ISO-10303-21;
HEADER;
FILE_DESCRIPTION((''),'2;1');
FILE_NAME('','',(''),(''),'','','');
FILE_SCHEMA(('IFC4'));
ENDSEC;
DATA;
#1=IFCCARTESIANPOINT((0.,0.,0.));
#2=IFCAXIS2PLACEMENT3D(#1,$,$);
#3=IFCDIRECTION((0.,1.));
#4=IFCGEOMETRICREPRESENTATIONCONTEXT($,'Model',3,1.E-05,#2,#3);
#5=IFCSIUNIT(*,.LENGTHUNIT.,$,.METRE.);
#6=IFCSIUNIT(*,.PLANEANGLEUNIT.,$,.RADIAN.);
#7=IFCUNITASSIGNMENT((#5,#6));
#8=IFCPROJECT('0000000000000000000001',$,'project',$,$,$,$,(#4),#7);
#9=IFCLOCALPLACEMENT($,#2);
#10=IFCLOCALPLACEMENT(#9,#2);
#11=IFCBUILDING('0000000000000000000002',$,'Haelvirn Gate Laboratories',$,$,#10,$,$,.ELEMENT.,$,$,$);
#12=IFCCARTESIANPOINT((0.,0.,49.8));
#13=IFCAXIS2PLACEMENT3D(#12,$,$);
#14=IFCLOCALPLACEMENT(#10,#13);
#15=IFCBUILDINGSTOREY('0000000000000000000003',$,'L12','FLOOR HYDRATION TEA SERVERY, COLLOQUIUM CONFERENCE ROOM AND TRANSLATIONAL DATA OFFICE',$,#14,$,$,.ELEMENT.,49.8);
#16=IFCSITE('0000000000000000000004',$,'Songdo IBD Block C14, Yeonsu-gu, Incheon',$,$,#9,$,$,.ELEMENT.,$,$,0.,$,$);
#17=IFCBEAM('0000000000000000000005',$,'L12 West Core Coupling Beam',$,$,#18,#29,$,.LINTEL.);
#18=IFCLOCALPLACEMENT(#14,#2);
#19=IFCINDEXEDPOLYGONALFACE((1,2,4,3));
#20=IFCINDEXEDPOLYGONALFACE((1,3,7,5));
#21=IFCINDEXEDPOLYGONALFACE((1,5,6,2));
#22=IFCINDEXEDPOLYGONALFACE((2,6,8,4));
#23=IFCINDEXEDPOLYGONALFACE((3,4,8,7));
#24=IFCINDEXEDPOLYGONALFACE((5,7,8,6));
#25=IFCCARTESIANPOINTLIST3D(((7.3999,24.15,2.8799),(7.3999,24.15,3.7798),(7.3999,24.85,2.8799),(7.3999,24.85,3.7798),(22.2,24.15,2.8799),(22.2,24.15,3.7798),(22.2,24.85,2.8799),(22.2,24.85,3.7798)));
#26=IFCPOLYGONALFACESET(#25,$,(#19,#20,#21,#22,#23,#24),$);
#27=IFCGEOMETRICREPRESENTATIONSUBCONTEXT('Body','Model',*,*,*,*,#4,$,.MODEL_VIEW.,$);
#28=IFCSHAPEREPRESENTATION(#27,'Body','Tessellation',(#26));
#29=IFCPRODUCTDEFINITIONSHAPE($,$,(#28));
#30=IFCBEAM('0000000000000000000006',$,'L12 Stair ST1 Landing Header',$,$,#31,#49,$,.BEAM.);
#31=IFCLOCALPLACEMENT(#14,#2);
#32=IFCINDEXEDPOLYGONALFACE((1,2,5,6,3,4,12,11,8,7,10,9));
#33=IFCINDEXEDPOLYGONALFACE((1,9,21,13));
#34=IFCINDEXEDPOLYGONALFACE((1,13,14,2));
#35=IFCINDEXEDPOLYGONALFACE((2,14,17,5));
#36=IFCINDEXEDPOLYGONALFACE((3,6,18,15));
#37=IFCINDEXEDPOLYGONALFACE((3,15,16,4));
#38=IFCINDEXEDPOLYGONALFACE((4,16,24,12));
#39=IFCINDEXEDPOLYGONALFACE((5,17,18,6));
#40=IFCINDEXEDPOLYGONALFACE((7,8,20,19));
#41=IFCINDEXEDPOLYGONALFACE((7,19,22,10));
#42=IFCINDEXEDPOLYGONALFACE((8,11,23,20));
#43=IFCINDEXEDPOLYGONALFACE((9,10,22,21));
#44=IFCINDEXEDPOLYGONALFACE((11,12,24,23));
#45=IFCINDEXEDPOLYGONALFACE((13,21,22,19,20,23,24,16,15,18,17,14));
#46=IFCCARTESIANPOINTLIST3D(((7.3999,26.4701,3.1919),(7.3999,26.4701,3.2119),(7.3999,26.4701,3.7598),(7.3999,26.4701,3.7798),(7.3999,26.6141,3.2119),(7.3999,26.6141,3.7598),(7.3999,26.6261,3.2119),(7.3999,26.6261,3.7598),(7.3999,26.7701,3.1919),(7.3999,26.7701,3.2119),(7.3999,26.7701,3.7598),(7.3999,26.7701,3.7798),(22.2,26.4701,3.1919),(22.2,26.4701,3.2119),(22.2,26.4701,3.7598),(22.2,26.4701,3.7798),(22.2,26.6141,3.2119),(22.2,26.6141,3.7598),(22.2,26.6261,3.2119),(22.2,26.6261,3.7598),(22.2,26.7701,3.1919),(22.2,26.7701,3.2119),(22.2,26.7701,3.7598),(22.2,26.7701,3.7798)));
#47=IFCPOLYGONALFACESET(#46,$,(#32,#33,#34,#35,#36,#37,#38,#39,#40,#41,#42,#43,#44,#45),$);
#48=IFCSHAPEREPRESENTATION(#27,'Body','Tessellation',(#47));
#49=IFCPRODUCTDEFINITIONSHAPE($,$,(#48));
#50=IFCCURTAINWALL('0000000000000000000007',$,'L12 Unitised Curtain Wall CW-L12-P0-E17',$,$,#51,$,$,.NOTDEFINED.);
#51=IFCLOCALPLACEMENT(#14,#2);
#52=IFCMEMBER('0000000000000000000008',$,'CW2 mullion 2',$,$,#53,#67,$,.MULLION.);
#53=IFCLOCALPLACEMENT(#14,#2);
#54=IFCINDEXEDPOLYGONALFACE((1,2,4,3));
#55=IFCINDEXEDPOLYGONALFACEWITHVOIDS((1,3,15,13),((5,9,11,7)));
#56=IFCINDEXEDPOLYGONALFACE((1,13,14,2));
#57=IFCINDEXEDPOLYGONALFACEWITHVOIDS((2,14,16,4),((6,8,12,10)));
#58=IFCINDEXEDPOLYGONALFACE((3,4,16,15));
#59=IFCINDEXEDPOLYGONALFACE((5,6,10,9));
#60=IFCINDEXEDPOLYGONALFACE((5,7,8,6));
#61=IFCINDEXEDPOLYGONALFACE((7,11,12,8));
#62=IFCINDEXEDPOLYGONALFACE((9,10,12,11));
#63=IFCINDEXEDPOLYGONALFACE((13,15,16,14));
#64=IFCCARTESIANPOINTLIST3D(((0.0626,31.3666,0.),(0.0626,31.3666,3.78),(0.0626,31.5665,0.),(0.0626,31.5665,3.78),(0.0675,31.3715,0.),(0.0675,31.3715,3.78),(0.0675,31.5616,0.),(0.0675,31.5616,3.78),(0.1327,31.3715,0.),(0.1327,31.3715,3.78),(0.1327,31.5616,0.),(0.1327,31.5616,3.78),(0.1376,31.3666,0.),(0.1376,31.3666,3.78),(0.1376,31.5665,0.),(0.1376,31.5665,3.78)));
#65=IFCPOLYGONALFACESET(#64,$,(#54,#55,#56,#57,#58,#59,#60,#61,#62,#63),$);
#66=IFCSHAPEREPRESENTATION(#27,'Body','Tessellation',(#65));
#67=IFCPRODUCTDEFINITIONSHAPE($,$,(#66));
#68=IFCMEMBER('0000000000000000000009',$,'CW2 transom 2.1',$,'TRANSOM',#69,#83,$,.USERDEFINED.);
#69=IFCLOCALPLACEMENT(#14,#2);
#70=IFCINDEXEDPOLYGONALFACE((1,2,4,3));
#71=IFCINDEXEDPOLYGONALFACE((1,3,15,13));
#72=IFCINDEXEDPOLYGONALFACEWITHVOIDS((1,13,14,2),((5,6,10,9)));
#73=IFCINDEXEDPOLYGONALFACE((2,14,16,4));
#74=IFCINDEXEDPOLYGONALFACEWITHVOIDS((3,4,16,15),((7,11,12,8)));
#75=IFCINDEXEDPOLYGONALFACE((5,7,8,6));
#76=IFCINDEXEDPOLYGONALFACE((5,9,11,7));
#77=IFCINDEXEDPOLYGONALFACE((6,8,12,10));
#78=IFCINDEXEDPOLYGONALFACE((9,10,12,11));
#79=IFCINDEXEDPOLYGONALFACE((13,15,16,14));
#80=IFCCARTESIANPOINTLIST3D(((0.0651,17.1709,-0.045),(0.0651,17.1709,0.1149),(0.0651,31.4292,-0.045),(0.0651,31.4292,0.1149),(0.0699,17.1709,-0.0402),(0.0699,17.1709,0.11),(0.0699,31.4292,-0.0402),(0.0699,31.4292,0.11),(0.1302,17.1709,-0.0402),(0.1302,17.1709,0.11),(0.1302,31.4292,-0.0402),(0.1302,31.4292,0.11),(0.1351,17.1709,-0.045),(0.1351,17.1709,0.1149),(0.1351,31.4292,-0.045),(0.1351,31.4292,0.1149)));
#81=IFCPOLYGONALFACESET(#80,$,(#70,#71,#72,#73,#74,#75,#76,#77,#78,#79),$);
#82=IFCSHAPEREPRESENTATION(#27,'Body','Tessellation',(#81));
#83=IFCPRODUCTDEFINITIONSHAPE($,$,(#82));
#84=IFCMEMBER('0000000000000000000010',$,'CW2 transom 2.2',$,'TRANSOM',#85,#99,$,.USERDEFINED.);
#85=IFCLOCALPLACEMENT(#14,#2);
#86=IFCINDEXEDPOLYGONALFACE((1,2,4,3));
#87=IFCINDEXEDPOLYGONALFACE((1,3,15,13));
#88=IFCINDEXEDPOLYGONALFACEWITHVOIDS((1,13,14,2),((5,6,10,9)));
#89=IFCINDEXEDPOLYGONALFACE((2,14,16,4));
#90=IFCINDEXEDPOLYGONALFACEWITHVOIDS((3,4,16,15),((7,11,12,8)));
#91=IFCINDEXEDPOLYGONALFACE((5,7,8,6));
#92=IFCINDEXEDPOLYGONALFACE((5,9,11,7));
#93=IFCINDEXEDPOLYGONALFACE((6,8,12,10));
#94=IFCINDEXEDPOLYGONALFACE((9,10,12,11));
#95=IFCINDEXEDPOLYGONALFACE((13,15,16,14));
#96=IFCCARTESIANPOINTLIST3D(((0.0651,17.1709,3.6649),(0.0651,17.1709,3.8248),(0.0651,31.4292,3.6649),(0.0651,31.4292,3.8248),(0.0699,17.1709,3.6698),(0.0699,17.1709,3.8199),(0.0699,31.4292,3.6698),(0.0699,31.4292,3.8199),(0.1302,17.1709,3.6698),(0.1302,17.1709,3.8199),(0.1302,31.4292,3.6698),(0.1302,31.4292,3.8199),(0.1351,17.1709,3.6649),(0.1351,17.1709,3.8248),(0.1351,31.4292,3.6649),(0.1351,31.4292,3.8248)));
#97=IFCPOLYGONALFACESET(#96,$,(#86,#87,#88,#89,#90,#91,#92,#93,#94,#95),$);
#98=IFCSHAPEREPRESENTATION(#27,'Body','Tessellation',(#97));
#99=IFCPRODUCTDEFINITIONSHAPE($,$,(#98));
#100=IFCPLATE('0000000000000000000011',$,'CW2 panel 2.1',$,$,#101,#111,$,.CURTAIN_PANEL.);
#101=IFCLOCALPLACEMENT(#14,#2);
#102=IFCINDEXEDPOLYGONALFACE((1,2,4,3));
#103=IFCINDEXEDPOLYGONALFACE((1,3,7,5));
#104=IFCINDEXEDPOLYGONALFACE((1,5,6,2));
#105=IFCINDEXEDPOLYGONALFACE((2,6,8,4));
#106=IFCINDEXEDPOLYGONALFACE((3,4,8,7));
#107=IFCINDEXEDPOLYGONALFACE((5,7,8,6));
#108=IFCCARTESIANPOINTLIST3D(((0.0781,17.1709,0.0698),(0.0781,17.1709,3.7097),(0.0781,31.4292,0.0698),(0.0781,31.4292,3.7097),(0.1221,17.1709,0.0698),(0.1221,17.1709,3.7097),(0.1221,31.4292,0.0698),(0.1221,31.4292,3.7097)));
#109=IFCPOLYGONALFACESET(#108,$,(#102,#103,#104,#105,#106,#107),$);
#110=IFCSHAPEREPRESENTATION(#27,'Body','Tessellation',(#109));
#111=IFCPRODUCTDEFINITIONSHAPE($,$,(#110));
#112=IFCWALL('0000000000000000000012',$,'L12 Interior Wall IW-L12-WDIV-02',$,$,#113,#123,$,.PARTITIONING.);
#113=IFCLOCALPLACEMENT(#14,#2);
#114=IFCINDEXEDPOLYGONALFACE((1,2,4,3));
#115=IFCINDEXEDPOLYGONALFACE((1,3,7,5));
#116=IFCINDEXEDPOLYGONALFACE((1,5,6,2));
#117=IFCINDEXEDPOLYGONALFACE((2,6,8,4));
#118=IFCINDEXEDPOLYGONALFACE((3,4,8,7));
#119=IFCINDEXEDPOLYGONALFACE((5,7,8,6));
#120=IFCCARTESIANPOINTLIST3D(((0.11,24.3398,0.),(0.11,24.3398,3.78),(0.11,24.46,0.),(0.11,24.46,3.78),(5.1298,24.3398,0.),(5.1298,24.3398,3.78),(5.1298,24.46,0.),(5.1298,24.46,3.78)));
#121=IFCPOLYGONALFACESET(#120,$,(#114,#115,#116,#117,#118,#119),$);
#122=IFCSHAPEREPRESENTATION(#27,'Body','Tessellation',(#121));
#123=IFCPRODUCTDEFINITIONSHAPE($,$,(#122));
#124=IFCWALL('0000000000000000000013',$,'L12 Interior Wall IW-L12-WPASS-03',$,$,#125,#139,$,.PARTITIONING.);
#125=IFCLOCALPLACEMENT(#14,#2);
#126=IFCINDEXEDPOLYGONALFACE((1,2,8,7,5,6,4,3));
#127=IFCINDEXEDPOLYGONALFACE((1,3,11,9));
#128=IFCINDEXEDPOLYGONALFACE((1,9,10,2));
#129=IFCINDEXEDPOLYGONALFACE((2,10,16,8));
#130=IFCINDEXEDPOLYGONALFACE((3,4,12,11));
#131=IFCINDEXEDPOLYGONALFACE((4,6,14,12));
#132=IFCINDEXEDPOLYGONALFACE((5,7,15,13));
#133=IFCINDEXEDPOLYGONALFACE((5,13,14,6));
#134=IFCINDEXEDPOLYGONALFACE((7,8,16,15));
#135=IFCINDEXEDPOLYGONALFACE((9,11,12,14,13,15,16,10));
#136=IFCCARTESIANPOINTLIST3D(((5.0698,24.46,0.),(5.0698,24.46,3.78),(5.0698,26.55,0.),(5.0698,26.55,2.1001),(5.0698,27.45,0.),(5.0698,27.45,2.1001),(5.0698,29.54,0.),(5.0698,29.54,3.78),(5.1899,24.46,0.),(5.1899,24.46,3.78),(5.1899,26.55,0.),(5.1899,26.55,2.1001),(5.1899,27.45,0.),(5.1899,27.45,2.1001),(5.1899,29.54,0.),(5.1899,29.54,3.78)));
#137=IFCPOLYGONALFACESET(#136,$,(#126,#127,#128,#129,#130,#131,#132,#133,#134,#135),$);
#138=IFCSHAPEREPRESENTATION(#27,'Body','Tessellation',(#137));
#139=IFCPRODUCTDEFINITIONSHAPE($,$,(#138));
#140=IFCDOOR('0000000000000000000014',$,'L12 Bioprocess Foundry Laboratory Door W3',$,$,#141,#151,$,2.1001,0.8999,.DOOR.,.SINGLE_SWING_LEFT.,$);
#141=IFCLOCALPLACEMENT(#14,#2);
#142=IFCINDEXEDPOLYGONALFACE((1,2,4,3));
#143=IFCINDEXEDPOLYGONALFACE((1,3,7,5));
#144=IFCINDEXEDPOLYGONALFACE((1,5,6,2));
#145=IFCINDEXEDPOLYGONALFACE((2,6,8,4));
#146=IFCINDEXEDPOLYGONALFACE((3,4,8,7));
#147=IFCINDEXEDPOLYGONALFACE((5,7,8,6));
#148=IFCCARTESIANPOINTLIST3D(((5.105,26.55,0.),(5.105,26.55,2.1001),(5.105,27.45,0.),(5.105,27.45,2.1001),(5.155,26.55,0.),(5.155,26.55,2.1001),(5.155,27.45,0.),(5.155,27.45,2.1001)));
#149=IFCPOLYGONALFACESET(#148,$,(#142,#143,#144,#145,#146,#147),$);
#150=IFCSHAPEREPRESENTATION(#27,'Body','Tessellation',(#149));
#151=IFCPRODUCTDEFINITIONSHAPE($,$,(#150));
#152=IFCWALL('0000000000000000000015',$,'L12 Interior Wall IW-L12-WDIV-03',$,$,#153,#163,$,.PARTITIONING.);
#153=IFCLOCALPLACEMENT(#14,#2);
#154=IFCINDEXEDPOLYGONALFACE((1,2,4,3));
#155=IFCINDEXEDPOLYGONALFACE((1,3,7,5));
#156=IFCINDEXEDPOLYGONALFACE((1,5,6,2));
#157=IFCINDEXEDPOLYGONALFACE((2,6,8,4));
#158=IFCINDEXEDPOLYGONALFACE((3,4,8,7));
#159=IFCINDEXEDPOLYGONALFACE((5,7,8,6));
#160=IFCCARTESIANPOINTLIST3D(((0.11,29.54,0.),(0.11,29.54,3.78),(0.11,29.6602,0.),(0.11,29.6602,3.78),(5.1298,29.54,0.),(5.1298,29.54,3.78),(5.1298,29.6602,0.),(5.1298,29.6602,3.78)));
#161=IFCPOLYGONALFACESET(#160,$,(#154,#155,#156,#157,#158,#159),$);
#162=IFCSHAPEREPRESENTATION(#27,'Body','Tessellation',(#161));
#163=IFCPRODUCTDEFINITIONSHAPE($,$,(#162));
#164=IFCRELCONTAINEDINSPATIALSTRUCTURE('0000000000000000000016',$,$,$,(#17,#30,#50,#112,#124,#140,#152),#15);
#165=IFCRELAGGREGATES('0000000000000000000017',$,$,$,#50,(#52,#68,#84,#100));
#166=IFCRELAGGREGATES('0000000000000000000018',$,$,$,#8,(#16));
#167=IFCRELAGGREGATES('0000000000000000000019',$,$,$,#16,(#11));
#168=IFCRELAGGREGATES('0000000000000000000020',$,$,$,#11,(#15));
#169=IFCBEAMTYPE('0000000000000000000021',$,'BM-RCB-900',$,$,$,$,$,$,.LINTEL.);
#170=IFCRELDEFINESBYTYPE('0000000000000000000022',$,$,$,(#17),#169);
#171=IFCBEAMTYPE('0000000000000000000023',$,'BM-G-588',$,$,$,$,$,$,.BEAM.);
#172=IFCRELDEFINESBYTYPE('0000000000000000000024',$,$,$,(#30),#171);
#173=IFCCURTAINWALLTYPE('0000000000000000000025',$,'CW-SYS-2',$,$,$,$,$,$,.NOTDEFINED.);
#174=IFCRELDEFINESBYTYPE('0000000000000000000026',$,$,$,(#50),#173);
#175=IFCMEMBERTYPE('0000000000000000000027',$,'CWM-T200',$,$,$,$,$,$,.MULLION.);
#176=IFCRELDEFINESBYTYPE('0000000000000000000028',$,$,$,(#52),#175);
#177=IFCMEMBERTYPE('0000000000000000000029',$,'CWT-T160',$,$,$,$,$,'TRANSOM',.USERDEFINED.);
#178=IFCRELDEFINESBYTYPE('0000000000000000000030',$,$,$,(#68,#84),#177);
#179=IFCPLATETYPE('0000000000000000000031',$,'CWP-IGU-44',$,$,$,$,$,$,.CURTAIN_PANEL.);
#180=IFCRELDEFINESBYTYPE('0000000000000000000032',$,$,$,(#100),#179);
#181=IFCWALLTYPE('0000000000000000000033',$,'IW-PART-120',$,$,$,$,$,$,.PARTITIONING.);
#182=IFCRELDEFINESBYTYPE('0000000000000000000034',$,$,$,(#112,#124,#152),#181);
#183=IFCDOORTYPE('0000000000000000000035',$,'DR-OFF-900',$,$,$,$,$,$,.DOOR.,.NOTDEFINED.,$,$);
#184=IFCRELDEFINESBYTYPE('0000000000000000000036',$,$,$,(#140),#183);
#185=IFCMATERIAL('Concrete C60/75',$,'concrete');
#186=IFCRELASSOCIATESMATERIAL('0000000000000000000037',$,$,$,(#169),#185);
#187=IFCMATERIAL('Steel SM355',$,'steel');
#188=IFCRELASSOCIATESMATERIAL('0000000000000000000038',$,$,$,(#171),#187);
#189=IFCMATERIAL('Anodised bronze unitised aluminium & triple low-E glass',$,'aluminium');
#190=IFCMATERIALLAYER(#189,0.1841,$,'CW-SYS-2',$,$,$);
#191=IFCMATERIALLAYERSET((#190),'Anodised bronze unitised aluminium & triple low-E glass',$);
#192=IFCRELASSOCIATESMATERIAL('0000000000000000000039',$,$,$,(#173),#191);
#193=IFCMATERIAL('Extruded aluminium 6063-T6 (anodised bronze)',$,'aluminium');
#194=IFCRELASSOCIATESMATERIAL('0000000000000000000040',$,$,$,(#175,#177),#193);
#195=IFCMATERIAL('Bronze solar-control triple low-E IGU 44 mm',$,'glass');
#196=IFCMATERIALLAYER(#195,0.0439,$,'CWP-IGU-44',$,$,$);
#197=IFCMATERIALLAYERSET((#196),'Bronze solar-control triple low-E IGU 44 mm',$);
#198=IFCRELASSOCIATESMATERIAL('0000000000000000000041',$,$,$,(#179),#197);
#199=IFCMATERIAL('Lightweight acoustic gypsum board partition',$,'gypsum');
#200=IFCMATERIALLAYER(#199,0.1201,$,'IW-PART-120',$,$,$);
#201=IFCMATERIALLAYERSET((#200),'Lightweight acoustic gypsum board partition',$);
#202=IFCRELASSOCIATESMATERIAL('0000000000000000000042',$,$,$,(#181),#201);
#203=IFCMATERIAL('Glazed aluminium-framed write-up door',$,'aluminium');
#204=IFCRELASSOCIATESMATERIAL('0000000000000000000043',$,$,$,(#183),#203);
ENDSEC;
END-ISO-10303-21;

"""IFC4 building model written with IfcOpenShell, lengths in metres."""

from ifc_helpers import new_model, si_unit, direction, frame, frame_2d, origin, origin_2d, place, context, subcontext, project, spatial, rectangle, hollow_rectangle, i_section, extrude, source, transform, mapped, material, layer, layer_set, material_profile, profile_set, type_object, type_shapes, element, fill, aggregate, save


model = new_model("IFC4")

# Units and contexts
model_context = context("Model", 3, precision=1e-05, world=origin(), true_north=direction((0.0, 1.0)))
body_context = subcontext(model_context, "Body", "Model", "MODEL_VIEW")
ifc_project = project(units=[si_unit("LENGTHUNIT", "METRE"), si_unit("PLANEANGLEUNIT", "RADIAN")], contexts=[model_context])

# Site, building, storey
site_placement = place(None, origin())
site = spatial("IfcSite", under=ifc_project, at=site_placement, Name="Songdo IBD Block C14, Yeonsu-gu, Incheon", CompositionType="ELEMENT", RefElevation=0.0)
building_placement = place(site_placement, origin())
building = spatial("IfcBuilding", under=site, at=building_placement, Name="Haelvirn Gate Laboratories", CompositionType="ELEMENT")
storey_placement = place(building_placement, frame((0.0, 0.0, 49.8)))
storey = spatial("IfcBuildingStorey", under=building, at=storey_placement, Name="L12", Description="FLOOR HYDRATION TEA SERVERY, COLLOQUIUM CONFERENCE ROOM AND TRANSLATIONAL DATA OFFICE", CompositionType="ELEMENT", Elevation=49.8)

# Beams
ifc_material_1 = material(Name="Concrete C60/75", Category="concrete")
ifc_material_profile_1 = material_profile(ifc_material_1, rectangle(XDim=0.7, YDim=0.8999, at=origin_2d()), Name="RCB-700x900")
ifc_profile_set_1 = profile_set([ifc_material_profile_1], Name="Concrete C60/75")
beam_type_1 = type_object("IfcBeamType", Name="BM-RCB-900", PredefinedType="LINTEL", material=ifc_profile_set_1)
shared_shape_1 = source(origin(), body_context, "Body", "SweptSolid", [
    extrude(rectangle(XDim=0.7, YDim=0.8999, at=origin_2d()), origin(), (0.0, 0.0, 1.0), 14.8),
])
type_shapes(beam_type_1, [shared_shape_1])
beam_1_placement = place(storey_placement, frame((7.3999, 24.5, 3.3298), z_axis=(1.0, 0.0, 0.0), x_axis=(0.0, 1.0, 0.0)))
element("IfcBeam", 1, at=beam_1_placement, inside=storey, type_object=beam_type_1, Name="L12 West Core Coupling Beam", PredefinedType="LINTEL", context=body_context, shape_type="MappedRepresentation", body=[
    mapped(shared_shape_1, transform((0.0, 0.0, 0.0), scale=1.0)),
])
ifc_material_2 = material(Name="Steel SM355", Category="steel")
ifc_material_profile_2 = material_profile(ifc_material_2, i_section(OverallWidth=0.3, OverallDepth=0.5879, WebThickness=0.012, FlangeThickness=0.02, at=origin_2d()), Name="H-588x300x12x20")
ifc_profile_set_2 = profile_set([ifc_material_profile_2], Name="Steel SM355")
beam_type_2 = type_object("IfcBeamType", Name="BM-G-588", PredefinedType="BEAM", material=ifc_profile_set_2)
shared_shape_2 = source(origin(), body_context, "Body", "SweptSolid", [
    extrude(i_section(OverallWidth=0.3, OverallDepth=0.5879, WebThickness=0.012, FlangeThickness=0.02, at=origin_2d()), origin(), (0.0, 0.0, 1.0), 14.8),
])
type_shapes(beam_type_2, [shared_shape_2])
beam_2_placement = place(storey_placement, frame((7.3999, 26.6201, 3.4858), z_axis=(1.0, 0.0, 0.0), x_axis=(0.0, 1.0, 0.0)))
element("IfcBeam", 2, at=beam_2_placement, inside=storey, type_object=beam_type_2, Name="L12 Stair ST1 Landing Header", PredefinedType="BEAM", context=body_context, shape_type="MappedRepresentation", body=[
    mapped(shared_shape_2, transform((0.0, 0.0, 0.0), scale=1.0)),
])

# Curtain wall, members, plate
ifc_material_3 = material(Name="Anodised bronze unitised aluminium & triple low-E glass", Category="aluminium")
ifc_layer_1 = layer(ifc_material_3, 0.1841, Name="CW-SYS-2")
ifc_layer_set_1 = layer_set([ifc_layer_1], Name="Anodised bronze unitised aluminium & triple low-E glass")
curtain_wall_type = type_object("IfcCurtainWallType", Name="CW-SYS-2", PredefinedType="NOTDEFINED", material=ifc_layer_set_1)
curtain_wall_placement = place(storey_placement, origin())
curtain_wall = element("IfcCurtainWall", 3, at=curtain_wall_placement, inside=storey, type_object=curtain_wall_type, Name="L12 Unitised Curtain Wall CW-L12-P0-E17", PredefinedType="NOTDEFINED")
ifc_material_4 = material(Name="Extruded aluminium 6063-T6 (anodised bronze)", Category="aluminium")
ifc_material_profile_3 = material_profile(ifc_material_4, hollow_rectangle(XDim=0.075, YDim=0.2, WallThickness=0.0049, at=origin_2d()), Name="CWM-200x75x5")
ifc_profile_set_3 = profile_set([ifc_material_profile_3], Name="Extruded aluminium 6063-T6 (anodised bronze)")
member_type_1 = type_object("IfcMemberType", Name="CWM-T200", PredefinedType="MULLION", material=ifc_profile_set_3)
shared_shape_3 = source(origin(), body_context, "Body", "SweptSolid", [
    extrude(hollow_rectangle(XDim=0.075, YDim=0.2, WallThickness=0.0049, at=origin_2d()), origin(), (0.0, 0.0, 1.0), 3.78),
])
type_shapes(member_type_1, [shared_shape_3])
member_1_placement = place(storey_placement, frame((0.1001, 31.4666, 0.0), z_axis=(0.0, 0.0, 1.0), x_axis=(1.0, 0.0, 0.0)))
member_1 = element("IfcMember", 4, at=member_1_placement, type_object=member_type_1, Name="CW2 mullion 2", PredefinedType="MULLION", context=body_context, shape_type="MappedRepresentation", body=[
    mapped(shared_shape_3, transform((0.0, 0.0, 0.0), scale=1.0)),
])
ifc_material_profile_4 = material_profile(ifc_material_4, hollow_rectangle(XDim=0.0701, YDim=0.1599, WallThickness=0.0049, at=origin_2d()), Name="CWT-160x70x5")
ifc_profile_set_4 = profile_set([ifc_material_profile_4], Name="Extruded aluminium 6063-T6 (anodised bronze)")
member_type_2 = type_object("IfcMemberType", Name="CWT-T160", ElementType="TRANSOM", PredefinedType="USERDEFINED", material=ifc_profile_set_4)
shared_shape_4 = source(origin(), body_context, "Body", "SweptSolid", [
    extrude(hollow_rectangle(XDim=0.0701, YDim=0.1599, WallThickness=0.0049, at=origin_2d()), origin(), (0.0, 0.0, 1.0), 14.2583),
])
type_shapes(member_type_2, [shared_shape_4])
member_2_placement = place(storey_placement, frame((0.1001, 31.4292, 0.0349), z_axis=(0.0, -1.0, 0.0), x_axis=(1.0, 0.0, 0.0)))
member_2 = element("IfcMember", 5, at=member_2_placement, type_object=member_type_2, Name="CW2 transom 2.1", ObjectType="TRANSOM", PredefinedType="USERDEFINED", context=body_context, shape_type="MappedRepresentation", body=[
    mapped(shared_shape_4, transform((0.0, 0.0, 0.0), scale=1.0)),
])
member_3_placement = place(storey_placement, frame((0.1001, 31.4292, 3.7449), z_axis=(0.0, -1.0, 0.0), x_axis=(1.0, 0.0, 0.0)))
member_3 = element("IfcMember", 6, at=member_3_placement, type_object=member_type_2, Name="CW2 transom 2.2", ObjectType="TRANSOM", PredefinedType="USERDEFINED", context=body_context, shape_type="MappedRepresentation", body=[
    mapped(shared_shape_4, transform((0.0, 0.0, 0.0), scale=1.0)),
])
ifc_material_5 = material(Name="Bronze solar-control triple low-E IGU 44 mm", Category="glass")
ifc_layer_2 = layer(ifc_material_5, 0.0439, Name="CWP-IGU-44")
ifc_layer_set_2 = layer_set([ifc_layer_2], Name="Bronze solar-control triple low-E IGU 44 mm")
plate_type = type_object("IfcPlateType", Name="CWP-IGU-44", PredefinedType="CURTAIN_PANEL", material=ifc_layer_set_2)
shared_shape_5 = source(origin(), body_context, "Body", "SweptSolid", [
    extrude(rectangle(XDim=14.2583, YDim=0.0439, at=origin_2d()), origin(), (0.0, 0.0, 1.0), 3.6399),
])
type_shapes(plate_type, [shared_shape_5])
plate_placement = place(storey_placement, frame((0.1001, 24.3, 0.0698), z_axis=(0.0, 0.0, 1.0), x_axis=(0.0, -1.0, 0.0)))
plate = element("IfcPlate", 7, at=plate_placement, type_object=plate_type, Name="CW2 panel 2.1", PredefinedType="CURTAIN_PANEL", context=body_context, shape_type="MappedRepresentation", body=[
    mapped(shared_shape_5, transform((0.0, 0.0, 0.0), scale=1.0)),
])
aggregate(curtain_wall, [member_1, member_2, member_3, plate])

# Wall
ifc_material_6 = material(Name="Lightweight acoustic gypsum board partition", Category="gypsum")
ifc_layer_3 = layer(ifc_material_6, 0.1201, Name="IW-PART-120")
ifc_layer_set_3 = layer_set([ifc_layer_3], Name="Lightweight acoustic gypsum board partition")
wall_type_1 = type_object("IfcWallType", Name="IW-PART-120", PredefinedType="PARTITIONING", material=ifc_layer_set_3)
wall_1_placement = place(storey_placement, frame((0.1101, 24.3999, 0.0), z_axis=(0.0, 0.0, 1.0), x_axis=(1.0, 0.0, 0.0)))
element("IfcWall", 8, at=wall_1_placement, inside=storey, type_object=wall_type_1, Name="L12 Interior Wall IW-L12-WDIV-02", PredefinedType="PARTITIONING", context=body_context, shape_type="SweptSolid", body=[
    extrude(rectangle(XDim=5.0198, YDim=0.1201, at=frame_2d((2.5098, 0.0))), origin(), (0.0, 0.0, 1.0), 3.78),
])

# Wall, opening, door
wall_2_placement = place(storey_placement, frame((5.1299, 24.46, 0.0), z_axis=(0.0, 0.0, 1.0), x_axis=(0.0, 1.0, 0.0)))
wall_2 = element("IfcWall", 9, at=wall_2_placement, inside=storey, type_object=wall_type_1, Name="L12 Interior Wall IW-L12-WPASS-03", PredefinedType="PARTITIONING", context=body_context, shape_type="SweptSolid", body=[
    extrude(rectangle(XDim=5.0801, YDim=0.1201, at=frame_2d((2.54, 0.0))), origin(), (0.0, 0.0, 1.0), 3.78),
])
opening_1_placement = place(wall_2_placement, frame((2.0901, 0.0, 0.0)))
opening_1 = element("IfcOpeningElement", 10, at=opening_1_placement, cuts=wall_2, PredefinedType="OPENING", context=body_context, shape_type="SweptSolid", body=[
    extrude(rectangle(XDim=0.8999, YDim=2.1001, at=frame_2d((0.45, 1.05))), frame((0.0, 0.0701, 0.0), z_axis=(0.0, -1.0, 0.0), x_axis=(1.0, 0.0, 0.0)), (0.0, 0.0, 1.0), 0.1401),
])
ifc_material_7 = material(Name="Glazed aluminium-framed write-up door", Category="aluminium")
door_type = type_object("IfcDoorType", Name="DR-OFF-900", OperationType="NOTDEFINED", PredefinedType="DOOR", material=ifc_material_7)
shared_shape_6 = source(origin(), body_context, "Body", "SweptSolid", [
    extrude(rectangle(XDim=0.8999, YDim=2.1001, at=frame_2d((0.45, 1.05))), frame((0.0, 0.0249, 0.0), z_axis=(0.0, -1.0, 0.0), x_axis=(1.0, 0.0, 0.0)), (0.0, 0.0, 1.0), 0.05),
])
type_shapes(door_type, [shared_shape_6])
door_1_placement = place(opening_1_placement, origin())
door_1 = element("IfcDoor", 11, at=door_1_placement, inside=storey, type_object=door_type, Name="L12 Bioprocess Foundry Laboratory Door W3", OperationType="SINGLE_SWING_LEFT", OverallHeight=2.1001, OverallWidth=0.8999, PredefinedType="DOOR", context=body_context, shape_type="MappedRepresentation", body=[
    mapped(shared_shape_6, transform((0.0, 0.0, 0.0), scale=1.0)),
])
fill(opening_1, door_1)

# Wall
wall_3_placement = place(storey_placement, frame((0.1101, 29.6001, 0.0), z_axis=(0.0, 0.0, 1.0), x_axis=(1.0, 0.0, 0.0)))
element("IfcWall", 12, at=wall_3_placement, inside=storey, type_object=wall_type_1, Name="L12 Interior Wall IW-L12-WDIV-03", PredefinedType="PARTITIONING", context=body_context, shape_type="SweptSolid", body=[
    extrude(rectangle(XDim=5.0198, YDim=0.1201, at=frame_2d((2.5098, 0.0))), origin(), (0.0, 0.0, 1.0), 3.78),
])

save(model, "model.ifc")
